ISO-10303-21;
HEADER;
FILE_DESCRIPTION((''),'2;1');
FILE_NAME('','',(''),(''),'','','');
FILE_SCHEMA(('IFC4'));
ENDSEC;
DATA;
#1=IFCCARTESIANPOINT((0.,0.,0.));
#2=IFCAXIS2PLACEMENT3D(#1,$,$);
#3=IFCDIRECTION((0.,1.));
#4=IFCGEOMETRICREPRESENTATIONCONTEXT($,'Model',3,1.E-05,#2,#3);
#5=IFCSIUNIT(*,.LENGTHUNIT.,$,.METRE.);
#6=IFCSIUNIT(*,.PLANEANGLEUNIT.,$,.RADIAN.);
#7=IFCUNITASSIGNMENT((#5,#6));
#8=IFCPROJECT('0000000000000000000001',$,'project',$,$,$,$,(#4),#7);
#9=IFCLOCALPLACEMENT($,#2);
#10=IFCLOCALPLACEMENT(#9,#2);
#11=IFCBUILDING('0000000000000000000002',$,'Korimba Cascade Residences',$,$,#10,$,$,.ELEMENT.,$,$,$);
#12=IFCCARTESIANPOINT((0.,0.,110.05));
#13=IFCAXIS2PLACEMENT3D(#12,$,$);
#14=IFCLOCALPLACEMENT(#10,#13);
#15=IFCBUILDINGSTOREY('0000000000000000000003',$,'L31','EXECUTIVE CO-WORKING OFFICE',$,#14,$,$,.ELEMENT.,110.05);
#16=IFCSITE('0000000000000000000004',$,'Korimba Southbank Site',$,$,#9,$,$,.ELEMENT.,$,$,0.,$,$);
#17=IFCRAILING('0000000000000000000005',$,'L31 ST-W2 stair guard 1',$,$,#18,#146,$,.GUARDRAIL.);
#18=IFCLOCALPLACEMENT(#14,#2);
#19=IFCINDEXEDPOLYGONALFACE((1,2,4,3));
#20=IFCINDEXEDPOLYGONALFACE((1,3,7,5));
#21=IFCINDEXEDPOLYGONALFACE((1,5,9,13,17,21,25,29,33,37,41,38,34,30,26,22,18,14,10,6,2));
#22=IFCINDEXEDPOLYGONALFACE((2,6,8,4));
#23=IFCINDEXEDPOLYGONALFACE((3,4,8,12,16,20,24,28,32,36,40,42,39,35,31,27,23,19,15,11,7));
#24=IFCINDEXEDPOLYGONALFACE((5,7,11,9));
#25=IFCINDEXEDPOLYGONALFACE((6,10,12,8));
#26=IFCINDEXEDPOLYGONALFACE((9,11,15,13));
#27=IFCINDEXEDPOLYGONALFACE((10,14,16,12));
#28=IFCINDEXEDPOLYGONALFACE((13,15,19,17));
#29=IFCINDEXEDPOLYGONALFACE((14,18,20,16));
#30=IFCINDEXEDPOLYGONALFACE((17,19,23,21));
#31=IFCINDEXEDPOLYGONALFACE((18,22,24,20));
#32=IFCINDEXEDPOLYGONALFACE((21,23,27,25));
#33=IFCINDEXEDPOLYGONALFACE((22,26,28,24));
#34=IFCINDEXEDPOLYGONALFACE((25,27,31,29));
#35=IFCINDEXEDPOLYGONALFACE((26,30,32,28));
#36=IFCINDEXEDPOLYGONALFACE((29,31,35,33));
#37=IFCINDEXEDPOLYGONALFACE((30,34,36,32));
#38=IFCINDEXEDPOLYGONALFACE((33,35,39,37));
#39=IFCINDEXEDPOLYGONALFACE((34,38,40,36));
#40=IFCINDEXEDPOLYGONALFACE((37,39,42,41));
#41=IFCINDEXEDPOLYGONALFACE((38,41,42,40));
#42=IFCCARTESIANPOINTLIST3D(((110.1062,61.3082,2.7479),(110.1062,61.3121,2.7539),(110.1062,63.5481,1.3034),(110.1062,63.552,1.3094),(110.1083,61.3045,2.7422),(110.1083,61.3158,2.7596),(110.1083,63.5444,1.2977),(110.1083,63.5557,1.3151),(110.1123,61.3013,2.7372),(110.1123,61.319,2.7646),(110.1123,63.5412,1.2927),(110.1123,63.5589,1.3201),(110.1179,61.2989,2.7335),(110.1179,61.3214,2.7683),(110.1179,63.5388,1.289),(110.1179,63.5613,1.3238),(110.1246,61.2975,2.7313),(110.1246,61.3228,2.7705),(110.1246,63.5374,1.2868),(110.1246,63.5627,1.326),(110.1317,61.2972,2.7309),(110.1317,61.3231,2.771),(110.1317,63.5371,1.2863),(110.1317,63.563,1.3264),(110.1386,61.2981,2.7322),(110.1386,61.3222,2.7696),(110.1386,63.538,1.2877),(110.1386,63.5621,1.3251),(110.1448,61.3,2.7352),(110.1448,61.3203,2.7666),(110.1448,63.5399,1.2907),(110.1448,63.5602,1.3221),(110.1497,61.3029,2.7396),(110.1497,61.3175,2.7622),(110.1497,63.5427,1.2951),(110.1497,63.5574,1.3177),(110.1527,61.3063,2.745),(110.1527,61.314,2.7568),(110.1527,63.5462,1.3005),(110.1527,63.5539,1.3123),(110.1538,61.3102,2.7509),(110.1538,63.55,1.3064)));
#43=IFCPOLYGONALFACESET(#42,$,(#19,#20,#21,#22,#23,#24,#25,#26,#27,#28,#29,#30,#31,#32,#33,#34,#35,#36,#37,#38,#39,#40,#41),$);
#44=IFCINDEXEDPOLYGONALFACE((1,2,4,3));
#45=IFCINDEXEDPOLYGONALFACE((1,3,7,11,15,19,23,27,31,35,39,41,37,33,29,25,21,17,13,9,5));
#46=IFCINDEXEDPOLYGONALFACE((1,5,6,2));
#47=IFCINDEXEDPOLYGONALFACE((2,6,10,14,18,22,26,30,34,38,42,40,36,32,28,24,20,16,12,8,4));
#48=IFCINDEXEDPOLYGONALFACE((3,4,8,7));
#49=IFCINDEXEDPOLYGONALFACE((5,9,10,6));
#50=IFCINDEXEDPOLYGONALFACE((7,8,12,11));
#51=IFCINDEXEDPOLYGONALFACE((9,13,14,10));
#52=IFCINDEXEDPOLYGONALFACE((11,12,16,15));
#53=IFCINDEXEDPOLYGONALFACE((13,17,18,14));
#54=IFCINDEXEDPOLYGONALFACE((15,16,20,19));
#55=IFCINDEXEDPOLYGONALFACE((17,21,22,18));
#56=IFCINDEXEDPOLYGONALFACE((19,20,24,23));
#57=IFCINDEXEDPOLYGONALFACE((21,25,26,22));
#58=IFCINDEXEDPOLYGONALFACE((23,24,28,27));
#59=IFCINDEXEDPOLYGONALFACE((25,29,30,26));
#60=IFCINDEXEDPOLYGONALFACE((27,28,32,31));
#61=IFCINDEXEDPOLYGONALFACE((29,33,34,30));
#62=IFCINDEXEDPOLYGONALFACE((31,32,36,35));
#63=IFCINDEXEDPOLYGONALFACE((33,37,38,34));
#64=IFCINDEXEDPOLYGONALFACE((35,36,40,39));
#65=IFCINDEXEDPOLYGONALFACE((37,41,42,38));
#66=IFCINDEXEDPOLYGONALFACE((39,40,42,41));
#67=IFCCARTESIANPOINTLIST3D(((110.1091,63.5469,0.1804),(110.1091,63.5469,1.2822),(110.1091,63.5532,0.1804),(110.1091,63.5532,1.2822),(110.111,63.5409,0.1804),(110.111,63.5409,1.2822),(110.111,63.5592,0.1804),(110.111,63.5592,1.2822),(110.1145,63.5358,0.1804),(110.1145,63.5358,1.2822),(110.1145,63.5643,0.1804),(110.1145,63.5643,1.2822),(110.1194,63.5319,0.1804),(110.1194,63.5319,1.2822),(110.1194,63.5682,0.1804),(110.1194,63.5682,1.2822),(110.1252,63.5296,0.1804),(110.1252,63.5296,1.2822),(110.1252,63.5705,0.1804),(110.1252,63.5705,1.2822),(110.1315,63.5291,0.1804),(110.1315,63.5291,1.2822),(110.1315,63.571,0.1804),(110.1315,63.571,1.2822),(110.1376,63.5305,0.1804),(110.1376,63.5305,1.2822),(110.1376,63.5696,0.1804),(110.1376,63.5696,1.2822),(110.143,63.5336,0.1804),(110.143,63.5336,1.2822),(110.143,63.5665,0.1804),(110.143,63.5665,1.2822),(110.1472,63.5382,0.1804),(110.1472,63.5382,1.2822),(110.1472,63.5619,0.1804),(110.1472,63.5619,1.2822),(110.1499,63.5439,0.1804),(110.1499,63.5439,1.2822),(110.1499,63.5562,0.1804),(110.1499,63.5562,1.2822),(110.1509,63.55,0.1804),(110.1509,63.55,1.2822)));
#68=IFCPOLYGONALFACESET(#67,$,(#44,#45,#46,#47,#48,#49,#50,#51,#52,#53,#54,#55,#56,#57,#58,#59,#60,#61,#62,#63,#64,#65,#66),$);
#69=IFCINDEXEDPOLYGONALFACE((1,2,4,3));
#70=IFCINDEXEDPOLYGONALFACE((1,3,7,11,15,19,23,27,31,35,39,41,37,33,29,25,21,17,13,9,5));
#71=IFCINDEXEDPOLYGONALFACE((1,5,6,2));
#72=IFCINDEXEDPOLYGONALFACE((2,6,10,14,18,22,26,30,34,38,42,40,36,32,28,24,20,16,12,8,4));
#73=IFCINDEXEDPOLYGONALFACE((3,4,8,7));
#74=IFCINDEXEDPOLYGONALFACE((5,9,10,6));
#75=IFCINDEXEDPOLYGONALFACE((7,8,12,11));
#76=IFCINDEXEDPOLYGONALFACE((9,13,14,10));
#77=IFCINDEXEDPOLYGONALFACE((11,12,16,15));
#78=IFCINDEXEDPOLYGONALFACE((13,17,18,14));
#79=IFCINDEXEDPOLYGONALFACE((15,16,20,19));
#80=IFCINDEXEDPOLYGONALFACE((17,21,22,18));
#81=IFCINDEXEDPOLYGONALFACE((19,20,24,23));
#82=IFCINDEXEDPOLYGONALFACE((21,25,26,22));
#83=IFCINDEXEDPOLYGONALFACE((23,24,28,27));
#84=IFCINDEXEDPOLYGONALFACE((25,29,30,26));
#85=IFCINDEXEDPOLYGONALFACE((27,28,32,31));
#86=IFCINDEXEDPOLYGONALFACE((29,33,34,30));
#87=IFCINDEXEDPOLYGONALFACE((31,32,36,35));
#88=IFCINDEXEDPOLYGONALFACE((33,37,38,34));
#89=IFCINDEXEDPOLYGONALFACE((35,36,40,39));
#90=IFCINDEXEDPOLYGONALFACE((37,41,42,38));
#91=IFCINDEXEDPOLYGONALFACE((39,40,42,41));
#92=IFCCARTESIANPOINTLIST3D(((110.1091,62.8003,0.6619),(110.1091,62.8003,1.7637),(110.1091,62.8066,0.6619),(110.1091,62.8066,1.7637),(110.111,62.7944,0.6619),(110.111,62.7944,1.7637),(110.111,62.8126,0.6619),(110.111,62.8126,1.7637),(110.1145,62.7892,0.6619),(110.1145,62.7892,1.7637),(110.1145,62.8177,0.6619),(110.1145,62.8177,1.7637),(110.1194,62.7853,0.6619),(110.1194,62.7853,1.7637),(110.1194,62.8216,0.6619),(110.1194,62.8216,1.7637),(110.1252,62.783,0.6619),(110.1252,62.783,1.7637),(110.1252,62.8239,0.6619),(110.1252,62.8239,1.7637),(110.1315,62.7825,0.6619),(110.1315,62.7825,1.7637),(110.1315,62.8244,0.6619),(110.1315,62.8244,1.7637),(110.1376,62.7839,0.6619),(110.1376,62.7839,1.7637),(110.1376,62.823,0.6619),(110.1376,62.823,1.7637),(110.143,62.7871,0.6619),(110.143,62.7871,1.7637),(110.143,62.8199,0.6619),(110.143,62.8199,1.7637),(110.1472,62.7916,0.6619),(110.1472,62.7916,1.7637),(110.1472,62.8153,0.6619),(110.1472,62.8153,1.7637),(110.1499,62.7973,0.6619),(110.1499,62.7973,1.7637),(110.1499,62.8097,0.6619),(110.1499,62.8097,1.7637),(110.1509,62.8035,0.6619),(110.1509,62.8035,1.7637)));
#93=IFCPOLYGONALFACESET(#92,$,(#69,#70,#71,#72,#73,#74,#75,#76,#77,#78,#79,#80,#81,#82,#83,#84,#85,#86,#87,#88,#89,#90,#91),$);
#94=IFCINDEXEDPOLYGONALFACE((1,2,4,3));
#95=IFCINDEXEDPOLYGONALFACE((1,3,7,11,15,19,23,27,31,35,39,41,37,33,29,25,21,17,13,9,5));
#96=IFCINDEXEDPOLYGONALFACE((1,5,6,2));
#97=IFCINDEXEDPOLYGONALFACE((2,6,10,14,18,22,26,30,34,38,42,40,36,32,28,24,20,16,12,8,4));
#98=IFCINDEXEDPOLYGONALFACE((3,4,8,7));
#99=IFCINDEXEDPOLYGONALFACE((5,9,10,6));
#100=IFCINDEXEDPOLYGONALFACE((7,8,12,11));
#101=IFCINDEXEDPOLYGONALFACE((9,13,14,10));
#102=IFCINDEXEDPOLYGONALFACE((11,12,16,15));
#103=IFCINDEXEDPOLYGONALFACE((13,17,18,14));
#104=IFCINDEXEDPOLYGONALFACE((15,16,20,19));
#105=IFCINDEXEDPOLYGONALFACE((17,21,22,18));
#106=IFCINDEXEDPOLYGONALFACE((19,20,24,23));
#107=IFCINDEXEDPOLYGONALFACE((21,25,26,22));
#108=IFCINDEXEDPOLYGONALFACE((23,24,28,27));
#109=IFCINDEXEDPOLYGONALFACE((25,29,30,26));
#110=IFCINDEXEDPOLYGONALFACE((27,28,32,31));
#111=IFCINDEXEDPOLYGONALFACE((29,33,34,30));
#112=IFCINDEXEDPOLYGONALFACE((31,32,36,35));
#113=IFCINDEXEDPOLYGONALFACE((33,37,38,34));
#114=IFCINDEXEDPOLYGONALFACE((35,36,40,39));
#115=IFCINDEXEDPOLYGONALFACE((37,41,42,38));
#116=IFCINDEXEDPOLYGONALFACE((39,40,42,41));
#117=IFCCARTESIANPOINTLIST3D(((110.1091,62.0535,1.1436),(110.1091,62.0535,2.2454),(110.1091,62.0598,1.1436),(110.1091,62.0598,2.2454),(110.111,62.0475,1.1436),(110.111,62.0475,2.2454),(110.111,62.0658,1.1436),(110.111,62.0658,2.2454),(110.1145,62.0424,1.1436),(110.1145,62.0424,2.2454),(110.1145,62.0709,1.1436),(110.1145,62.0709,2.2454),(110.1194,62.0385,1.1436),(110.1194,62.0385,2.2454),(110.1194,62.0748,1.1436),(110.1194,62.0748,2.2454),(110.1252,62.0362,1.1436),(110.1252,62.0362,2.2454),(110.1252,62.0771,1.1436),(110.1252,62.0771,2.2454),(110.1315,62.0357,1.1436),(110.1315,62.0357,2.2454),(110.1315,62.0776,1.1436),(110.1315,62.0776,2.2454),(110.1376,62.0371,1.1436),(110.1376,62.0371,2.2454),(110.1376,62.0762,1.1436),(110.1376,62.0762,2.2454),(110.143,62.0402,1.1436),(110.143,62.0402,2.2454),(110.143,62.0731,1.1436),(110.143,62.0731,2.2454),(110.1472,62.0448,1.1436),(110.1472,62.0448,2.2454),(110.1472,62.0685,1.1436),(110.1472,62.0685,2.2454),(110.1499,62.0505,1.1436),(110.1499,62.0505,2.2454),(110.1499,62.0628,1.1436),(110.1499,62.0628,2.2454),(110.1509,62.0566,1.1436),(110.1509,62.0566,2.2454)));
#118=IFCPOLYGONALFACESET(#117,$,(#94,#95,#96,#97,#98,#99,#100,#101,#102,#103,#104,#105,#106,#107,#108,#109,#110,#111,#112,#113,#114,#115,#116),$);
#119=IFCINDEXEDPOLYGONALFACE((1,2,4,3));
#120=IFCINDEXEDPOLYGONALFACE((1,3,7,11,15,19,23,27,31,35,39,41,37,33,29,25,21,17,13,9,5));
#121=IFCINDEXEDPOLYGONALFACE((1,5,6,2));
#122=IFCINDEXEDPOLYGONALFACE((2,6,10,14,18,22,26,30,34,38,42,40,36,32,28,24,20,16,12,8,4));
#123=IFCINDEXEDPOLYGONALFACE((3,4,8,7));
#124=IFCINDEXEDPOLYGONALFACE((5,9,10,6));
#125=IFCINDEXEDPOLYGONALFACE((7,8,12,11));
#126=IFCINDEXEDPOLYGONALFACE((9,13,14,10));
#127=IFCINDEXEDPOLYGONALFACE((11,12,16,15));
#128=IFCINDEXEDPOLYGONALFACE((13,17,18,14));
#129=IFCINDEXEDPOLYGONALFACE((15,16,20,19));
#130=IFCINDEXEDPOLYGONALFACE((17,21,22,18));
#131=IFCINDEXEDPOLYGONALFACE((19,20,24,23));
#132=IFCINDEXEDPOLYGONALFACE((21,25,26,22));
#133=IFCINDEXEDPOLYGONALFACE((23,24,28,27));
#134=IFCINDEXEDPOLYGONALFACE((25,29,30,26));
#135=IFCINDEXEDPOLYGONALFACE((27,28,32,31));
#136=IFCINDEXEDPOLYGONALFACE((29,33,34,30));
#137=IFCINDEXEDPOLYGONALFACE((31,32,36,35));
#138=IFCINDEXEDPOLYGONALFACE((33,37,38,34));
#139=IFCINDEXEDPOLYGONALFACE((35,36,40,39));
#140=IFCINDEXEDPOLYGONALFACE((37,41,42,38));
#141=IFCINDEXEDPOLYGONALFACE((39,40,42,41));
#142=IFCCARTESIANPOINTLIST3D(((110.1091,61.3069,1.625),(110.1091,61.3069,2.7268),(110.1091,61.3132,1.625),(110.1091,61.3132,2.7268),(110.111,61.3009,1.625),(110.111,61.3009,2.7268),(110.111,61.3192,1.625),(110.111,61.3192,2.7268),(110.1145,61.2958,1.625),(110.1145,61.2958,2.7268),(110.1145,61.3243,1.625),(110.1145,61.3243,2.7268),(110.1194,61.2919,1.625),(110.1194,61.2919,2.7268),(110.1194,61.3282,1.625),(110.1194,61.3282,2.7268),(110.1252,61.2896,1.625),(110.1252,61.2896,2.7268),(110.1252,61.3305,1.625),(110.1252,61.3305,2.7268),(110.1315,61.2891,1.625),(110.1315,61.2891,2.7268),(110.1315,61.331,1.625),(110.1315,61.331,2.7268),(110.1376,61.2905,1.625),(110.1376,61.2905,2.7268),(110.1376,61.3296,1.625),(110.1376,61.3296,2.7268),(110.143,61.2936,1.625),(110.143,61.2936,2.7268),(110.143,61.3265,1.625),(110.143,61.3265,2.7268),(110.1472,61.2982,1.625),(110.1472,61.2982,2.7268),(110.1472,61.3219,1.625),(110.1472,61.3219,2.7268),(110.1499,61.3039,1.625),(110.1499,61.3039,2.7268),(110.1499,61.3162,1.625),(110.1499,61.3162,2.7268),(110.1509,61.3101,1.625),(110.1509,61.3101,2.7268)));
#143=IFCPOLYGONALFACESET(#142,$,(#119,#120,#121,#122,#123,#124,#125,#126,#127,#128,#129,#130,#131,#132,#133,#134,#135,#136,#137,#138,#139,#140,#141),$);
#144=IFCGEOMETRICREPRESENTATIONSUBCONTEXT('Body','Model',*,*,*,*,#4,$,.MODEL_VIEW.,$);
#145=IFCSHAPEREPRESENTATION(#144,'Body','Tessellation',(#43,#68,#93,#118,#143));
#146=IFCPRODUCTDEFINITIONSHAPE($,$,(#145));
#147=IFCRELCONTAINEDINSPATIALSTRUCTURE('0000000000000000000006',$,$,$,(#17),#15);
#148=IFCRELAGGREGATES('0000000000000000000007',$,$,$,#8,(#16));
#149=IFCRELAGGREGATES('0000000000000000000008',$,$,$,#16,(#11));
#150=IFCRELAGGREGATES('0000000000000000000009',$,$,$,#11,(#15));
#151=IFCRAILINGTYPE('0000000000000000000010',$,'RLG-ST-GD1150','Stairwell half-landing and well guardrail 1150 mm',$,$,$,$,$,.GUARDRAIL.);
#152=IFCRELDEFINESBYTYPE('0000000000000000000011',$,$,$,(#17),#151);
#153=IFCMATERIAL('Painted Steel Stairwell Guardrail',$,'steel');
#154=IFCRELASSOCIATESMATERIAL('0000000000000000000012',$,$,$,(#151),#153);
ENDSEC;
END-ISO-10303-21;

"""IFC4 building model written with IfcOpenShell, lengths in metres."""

from ifc_helpers import new_model, si_unit, direction, frame, origin, origin_2d, place, context, subcontext, project, spatial, circle, extrude, material, type_object, element, save


model = new_model("IFC4")

# Units and contexts
model_context = context("Model", 3, precision=1e-05, world=origin(), true_north=direction((0.0, 1.0)))
body_context = subcontext(model_context, "Body", "Model", "MODEL_VIEW")
ifc_project = project(units=[si_unit("LENGTHUNIT", "METRE"), si_unit("PLANEANGLEUNIT", "RADIAN")], contexts=[model_context])

# Site, building, storey
site_placement = place(None, origin())
site = spatial("IfcSite", under=ifc_project, at=site_placement, Name="Korimba Southbank Site", CompositionType="ELEMENT", RefElevation=0.0)
building_placement = place(site_placement, origin())
building = spatial("IfcBuilding", under=site, at=building_placement, Name="Korimba Cascade Residences", CompositionType="ELEMENT")
storey_placement = place(building_placement, frame((0.0, 0.0, 110.05)))
storey = spatial("IfcBuildingStorey", under=building, at=storey_placement, Name="L31", Description="EXECUTIVE CO-WORKING OFFICE", CompositionType="ELEMENT", Elevation=110.05)

# Railing
ifc_material_1 = material(Name="Painted Steel Stairwell Guardrail", Category="steel")
railing_type_1 = type_object("IfcRailingType", Name="RLG-ST-GD1150", Description="Stairwell half-landing and well guardrail 1150 mm", PredefinedType="GUARDRAIL", material=ifc_material_1)
railing_1_placement = place(storey_placement, frame((110.1299, 63.55, 0.1804)))
element("IfcRailing", 1, at=railing_1_placement, inside=storey, type_object=railing_type_1, Name="L31 ST-W2 stair guard 1", PredefinedType="GUARDRAIL", context=body_context, shape_type="SweptSolid", body=[
    extrude(circle(Radius=0.0239, at=origin_2d()), frame((0.0, 0.0, 1.126), z_axis=(0.0, -0.840395, 0.541975), x_axis=(1.0, 0.0, 0.0)), (0.0, 0.0, 1.0), 2.6653),
    extrude(circle(Radius=0.021, at=origin_2d()), origin(), (0.0, 0.0, 1.0), 1.1018),
    extrude(circle(Radius=0.021, at=origin_2d()), frame((0.0, -0.7466, 0.4814)), (0.0, 0.0, 1.0), 1.1018),
    extrude(circle(Radius=0.021, at=origin_2d()), frame((0.0, -1.4934, 0.9631)), (0.0, 0.0, 1.0), 1.1018),
    extrude(circle(Radius=0.021, at=origin_2d()), frame((0.0, -2.24, 1.4446)), (0.0, 0.0, 1.0), 1.1018),
])

save(model, "model.ifc")
